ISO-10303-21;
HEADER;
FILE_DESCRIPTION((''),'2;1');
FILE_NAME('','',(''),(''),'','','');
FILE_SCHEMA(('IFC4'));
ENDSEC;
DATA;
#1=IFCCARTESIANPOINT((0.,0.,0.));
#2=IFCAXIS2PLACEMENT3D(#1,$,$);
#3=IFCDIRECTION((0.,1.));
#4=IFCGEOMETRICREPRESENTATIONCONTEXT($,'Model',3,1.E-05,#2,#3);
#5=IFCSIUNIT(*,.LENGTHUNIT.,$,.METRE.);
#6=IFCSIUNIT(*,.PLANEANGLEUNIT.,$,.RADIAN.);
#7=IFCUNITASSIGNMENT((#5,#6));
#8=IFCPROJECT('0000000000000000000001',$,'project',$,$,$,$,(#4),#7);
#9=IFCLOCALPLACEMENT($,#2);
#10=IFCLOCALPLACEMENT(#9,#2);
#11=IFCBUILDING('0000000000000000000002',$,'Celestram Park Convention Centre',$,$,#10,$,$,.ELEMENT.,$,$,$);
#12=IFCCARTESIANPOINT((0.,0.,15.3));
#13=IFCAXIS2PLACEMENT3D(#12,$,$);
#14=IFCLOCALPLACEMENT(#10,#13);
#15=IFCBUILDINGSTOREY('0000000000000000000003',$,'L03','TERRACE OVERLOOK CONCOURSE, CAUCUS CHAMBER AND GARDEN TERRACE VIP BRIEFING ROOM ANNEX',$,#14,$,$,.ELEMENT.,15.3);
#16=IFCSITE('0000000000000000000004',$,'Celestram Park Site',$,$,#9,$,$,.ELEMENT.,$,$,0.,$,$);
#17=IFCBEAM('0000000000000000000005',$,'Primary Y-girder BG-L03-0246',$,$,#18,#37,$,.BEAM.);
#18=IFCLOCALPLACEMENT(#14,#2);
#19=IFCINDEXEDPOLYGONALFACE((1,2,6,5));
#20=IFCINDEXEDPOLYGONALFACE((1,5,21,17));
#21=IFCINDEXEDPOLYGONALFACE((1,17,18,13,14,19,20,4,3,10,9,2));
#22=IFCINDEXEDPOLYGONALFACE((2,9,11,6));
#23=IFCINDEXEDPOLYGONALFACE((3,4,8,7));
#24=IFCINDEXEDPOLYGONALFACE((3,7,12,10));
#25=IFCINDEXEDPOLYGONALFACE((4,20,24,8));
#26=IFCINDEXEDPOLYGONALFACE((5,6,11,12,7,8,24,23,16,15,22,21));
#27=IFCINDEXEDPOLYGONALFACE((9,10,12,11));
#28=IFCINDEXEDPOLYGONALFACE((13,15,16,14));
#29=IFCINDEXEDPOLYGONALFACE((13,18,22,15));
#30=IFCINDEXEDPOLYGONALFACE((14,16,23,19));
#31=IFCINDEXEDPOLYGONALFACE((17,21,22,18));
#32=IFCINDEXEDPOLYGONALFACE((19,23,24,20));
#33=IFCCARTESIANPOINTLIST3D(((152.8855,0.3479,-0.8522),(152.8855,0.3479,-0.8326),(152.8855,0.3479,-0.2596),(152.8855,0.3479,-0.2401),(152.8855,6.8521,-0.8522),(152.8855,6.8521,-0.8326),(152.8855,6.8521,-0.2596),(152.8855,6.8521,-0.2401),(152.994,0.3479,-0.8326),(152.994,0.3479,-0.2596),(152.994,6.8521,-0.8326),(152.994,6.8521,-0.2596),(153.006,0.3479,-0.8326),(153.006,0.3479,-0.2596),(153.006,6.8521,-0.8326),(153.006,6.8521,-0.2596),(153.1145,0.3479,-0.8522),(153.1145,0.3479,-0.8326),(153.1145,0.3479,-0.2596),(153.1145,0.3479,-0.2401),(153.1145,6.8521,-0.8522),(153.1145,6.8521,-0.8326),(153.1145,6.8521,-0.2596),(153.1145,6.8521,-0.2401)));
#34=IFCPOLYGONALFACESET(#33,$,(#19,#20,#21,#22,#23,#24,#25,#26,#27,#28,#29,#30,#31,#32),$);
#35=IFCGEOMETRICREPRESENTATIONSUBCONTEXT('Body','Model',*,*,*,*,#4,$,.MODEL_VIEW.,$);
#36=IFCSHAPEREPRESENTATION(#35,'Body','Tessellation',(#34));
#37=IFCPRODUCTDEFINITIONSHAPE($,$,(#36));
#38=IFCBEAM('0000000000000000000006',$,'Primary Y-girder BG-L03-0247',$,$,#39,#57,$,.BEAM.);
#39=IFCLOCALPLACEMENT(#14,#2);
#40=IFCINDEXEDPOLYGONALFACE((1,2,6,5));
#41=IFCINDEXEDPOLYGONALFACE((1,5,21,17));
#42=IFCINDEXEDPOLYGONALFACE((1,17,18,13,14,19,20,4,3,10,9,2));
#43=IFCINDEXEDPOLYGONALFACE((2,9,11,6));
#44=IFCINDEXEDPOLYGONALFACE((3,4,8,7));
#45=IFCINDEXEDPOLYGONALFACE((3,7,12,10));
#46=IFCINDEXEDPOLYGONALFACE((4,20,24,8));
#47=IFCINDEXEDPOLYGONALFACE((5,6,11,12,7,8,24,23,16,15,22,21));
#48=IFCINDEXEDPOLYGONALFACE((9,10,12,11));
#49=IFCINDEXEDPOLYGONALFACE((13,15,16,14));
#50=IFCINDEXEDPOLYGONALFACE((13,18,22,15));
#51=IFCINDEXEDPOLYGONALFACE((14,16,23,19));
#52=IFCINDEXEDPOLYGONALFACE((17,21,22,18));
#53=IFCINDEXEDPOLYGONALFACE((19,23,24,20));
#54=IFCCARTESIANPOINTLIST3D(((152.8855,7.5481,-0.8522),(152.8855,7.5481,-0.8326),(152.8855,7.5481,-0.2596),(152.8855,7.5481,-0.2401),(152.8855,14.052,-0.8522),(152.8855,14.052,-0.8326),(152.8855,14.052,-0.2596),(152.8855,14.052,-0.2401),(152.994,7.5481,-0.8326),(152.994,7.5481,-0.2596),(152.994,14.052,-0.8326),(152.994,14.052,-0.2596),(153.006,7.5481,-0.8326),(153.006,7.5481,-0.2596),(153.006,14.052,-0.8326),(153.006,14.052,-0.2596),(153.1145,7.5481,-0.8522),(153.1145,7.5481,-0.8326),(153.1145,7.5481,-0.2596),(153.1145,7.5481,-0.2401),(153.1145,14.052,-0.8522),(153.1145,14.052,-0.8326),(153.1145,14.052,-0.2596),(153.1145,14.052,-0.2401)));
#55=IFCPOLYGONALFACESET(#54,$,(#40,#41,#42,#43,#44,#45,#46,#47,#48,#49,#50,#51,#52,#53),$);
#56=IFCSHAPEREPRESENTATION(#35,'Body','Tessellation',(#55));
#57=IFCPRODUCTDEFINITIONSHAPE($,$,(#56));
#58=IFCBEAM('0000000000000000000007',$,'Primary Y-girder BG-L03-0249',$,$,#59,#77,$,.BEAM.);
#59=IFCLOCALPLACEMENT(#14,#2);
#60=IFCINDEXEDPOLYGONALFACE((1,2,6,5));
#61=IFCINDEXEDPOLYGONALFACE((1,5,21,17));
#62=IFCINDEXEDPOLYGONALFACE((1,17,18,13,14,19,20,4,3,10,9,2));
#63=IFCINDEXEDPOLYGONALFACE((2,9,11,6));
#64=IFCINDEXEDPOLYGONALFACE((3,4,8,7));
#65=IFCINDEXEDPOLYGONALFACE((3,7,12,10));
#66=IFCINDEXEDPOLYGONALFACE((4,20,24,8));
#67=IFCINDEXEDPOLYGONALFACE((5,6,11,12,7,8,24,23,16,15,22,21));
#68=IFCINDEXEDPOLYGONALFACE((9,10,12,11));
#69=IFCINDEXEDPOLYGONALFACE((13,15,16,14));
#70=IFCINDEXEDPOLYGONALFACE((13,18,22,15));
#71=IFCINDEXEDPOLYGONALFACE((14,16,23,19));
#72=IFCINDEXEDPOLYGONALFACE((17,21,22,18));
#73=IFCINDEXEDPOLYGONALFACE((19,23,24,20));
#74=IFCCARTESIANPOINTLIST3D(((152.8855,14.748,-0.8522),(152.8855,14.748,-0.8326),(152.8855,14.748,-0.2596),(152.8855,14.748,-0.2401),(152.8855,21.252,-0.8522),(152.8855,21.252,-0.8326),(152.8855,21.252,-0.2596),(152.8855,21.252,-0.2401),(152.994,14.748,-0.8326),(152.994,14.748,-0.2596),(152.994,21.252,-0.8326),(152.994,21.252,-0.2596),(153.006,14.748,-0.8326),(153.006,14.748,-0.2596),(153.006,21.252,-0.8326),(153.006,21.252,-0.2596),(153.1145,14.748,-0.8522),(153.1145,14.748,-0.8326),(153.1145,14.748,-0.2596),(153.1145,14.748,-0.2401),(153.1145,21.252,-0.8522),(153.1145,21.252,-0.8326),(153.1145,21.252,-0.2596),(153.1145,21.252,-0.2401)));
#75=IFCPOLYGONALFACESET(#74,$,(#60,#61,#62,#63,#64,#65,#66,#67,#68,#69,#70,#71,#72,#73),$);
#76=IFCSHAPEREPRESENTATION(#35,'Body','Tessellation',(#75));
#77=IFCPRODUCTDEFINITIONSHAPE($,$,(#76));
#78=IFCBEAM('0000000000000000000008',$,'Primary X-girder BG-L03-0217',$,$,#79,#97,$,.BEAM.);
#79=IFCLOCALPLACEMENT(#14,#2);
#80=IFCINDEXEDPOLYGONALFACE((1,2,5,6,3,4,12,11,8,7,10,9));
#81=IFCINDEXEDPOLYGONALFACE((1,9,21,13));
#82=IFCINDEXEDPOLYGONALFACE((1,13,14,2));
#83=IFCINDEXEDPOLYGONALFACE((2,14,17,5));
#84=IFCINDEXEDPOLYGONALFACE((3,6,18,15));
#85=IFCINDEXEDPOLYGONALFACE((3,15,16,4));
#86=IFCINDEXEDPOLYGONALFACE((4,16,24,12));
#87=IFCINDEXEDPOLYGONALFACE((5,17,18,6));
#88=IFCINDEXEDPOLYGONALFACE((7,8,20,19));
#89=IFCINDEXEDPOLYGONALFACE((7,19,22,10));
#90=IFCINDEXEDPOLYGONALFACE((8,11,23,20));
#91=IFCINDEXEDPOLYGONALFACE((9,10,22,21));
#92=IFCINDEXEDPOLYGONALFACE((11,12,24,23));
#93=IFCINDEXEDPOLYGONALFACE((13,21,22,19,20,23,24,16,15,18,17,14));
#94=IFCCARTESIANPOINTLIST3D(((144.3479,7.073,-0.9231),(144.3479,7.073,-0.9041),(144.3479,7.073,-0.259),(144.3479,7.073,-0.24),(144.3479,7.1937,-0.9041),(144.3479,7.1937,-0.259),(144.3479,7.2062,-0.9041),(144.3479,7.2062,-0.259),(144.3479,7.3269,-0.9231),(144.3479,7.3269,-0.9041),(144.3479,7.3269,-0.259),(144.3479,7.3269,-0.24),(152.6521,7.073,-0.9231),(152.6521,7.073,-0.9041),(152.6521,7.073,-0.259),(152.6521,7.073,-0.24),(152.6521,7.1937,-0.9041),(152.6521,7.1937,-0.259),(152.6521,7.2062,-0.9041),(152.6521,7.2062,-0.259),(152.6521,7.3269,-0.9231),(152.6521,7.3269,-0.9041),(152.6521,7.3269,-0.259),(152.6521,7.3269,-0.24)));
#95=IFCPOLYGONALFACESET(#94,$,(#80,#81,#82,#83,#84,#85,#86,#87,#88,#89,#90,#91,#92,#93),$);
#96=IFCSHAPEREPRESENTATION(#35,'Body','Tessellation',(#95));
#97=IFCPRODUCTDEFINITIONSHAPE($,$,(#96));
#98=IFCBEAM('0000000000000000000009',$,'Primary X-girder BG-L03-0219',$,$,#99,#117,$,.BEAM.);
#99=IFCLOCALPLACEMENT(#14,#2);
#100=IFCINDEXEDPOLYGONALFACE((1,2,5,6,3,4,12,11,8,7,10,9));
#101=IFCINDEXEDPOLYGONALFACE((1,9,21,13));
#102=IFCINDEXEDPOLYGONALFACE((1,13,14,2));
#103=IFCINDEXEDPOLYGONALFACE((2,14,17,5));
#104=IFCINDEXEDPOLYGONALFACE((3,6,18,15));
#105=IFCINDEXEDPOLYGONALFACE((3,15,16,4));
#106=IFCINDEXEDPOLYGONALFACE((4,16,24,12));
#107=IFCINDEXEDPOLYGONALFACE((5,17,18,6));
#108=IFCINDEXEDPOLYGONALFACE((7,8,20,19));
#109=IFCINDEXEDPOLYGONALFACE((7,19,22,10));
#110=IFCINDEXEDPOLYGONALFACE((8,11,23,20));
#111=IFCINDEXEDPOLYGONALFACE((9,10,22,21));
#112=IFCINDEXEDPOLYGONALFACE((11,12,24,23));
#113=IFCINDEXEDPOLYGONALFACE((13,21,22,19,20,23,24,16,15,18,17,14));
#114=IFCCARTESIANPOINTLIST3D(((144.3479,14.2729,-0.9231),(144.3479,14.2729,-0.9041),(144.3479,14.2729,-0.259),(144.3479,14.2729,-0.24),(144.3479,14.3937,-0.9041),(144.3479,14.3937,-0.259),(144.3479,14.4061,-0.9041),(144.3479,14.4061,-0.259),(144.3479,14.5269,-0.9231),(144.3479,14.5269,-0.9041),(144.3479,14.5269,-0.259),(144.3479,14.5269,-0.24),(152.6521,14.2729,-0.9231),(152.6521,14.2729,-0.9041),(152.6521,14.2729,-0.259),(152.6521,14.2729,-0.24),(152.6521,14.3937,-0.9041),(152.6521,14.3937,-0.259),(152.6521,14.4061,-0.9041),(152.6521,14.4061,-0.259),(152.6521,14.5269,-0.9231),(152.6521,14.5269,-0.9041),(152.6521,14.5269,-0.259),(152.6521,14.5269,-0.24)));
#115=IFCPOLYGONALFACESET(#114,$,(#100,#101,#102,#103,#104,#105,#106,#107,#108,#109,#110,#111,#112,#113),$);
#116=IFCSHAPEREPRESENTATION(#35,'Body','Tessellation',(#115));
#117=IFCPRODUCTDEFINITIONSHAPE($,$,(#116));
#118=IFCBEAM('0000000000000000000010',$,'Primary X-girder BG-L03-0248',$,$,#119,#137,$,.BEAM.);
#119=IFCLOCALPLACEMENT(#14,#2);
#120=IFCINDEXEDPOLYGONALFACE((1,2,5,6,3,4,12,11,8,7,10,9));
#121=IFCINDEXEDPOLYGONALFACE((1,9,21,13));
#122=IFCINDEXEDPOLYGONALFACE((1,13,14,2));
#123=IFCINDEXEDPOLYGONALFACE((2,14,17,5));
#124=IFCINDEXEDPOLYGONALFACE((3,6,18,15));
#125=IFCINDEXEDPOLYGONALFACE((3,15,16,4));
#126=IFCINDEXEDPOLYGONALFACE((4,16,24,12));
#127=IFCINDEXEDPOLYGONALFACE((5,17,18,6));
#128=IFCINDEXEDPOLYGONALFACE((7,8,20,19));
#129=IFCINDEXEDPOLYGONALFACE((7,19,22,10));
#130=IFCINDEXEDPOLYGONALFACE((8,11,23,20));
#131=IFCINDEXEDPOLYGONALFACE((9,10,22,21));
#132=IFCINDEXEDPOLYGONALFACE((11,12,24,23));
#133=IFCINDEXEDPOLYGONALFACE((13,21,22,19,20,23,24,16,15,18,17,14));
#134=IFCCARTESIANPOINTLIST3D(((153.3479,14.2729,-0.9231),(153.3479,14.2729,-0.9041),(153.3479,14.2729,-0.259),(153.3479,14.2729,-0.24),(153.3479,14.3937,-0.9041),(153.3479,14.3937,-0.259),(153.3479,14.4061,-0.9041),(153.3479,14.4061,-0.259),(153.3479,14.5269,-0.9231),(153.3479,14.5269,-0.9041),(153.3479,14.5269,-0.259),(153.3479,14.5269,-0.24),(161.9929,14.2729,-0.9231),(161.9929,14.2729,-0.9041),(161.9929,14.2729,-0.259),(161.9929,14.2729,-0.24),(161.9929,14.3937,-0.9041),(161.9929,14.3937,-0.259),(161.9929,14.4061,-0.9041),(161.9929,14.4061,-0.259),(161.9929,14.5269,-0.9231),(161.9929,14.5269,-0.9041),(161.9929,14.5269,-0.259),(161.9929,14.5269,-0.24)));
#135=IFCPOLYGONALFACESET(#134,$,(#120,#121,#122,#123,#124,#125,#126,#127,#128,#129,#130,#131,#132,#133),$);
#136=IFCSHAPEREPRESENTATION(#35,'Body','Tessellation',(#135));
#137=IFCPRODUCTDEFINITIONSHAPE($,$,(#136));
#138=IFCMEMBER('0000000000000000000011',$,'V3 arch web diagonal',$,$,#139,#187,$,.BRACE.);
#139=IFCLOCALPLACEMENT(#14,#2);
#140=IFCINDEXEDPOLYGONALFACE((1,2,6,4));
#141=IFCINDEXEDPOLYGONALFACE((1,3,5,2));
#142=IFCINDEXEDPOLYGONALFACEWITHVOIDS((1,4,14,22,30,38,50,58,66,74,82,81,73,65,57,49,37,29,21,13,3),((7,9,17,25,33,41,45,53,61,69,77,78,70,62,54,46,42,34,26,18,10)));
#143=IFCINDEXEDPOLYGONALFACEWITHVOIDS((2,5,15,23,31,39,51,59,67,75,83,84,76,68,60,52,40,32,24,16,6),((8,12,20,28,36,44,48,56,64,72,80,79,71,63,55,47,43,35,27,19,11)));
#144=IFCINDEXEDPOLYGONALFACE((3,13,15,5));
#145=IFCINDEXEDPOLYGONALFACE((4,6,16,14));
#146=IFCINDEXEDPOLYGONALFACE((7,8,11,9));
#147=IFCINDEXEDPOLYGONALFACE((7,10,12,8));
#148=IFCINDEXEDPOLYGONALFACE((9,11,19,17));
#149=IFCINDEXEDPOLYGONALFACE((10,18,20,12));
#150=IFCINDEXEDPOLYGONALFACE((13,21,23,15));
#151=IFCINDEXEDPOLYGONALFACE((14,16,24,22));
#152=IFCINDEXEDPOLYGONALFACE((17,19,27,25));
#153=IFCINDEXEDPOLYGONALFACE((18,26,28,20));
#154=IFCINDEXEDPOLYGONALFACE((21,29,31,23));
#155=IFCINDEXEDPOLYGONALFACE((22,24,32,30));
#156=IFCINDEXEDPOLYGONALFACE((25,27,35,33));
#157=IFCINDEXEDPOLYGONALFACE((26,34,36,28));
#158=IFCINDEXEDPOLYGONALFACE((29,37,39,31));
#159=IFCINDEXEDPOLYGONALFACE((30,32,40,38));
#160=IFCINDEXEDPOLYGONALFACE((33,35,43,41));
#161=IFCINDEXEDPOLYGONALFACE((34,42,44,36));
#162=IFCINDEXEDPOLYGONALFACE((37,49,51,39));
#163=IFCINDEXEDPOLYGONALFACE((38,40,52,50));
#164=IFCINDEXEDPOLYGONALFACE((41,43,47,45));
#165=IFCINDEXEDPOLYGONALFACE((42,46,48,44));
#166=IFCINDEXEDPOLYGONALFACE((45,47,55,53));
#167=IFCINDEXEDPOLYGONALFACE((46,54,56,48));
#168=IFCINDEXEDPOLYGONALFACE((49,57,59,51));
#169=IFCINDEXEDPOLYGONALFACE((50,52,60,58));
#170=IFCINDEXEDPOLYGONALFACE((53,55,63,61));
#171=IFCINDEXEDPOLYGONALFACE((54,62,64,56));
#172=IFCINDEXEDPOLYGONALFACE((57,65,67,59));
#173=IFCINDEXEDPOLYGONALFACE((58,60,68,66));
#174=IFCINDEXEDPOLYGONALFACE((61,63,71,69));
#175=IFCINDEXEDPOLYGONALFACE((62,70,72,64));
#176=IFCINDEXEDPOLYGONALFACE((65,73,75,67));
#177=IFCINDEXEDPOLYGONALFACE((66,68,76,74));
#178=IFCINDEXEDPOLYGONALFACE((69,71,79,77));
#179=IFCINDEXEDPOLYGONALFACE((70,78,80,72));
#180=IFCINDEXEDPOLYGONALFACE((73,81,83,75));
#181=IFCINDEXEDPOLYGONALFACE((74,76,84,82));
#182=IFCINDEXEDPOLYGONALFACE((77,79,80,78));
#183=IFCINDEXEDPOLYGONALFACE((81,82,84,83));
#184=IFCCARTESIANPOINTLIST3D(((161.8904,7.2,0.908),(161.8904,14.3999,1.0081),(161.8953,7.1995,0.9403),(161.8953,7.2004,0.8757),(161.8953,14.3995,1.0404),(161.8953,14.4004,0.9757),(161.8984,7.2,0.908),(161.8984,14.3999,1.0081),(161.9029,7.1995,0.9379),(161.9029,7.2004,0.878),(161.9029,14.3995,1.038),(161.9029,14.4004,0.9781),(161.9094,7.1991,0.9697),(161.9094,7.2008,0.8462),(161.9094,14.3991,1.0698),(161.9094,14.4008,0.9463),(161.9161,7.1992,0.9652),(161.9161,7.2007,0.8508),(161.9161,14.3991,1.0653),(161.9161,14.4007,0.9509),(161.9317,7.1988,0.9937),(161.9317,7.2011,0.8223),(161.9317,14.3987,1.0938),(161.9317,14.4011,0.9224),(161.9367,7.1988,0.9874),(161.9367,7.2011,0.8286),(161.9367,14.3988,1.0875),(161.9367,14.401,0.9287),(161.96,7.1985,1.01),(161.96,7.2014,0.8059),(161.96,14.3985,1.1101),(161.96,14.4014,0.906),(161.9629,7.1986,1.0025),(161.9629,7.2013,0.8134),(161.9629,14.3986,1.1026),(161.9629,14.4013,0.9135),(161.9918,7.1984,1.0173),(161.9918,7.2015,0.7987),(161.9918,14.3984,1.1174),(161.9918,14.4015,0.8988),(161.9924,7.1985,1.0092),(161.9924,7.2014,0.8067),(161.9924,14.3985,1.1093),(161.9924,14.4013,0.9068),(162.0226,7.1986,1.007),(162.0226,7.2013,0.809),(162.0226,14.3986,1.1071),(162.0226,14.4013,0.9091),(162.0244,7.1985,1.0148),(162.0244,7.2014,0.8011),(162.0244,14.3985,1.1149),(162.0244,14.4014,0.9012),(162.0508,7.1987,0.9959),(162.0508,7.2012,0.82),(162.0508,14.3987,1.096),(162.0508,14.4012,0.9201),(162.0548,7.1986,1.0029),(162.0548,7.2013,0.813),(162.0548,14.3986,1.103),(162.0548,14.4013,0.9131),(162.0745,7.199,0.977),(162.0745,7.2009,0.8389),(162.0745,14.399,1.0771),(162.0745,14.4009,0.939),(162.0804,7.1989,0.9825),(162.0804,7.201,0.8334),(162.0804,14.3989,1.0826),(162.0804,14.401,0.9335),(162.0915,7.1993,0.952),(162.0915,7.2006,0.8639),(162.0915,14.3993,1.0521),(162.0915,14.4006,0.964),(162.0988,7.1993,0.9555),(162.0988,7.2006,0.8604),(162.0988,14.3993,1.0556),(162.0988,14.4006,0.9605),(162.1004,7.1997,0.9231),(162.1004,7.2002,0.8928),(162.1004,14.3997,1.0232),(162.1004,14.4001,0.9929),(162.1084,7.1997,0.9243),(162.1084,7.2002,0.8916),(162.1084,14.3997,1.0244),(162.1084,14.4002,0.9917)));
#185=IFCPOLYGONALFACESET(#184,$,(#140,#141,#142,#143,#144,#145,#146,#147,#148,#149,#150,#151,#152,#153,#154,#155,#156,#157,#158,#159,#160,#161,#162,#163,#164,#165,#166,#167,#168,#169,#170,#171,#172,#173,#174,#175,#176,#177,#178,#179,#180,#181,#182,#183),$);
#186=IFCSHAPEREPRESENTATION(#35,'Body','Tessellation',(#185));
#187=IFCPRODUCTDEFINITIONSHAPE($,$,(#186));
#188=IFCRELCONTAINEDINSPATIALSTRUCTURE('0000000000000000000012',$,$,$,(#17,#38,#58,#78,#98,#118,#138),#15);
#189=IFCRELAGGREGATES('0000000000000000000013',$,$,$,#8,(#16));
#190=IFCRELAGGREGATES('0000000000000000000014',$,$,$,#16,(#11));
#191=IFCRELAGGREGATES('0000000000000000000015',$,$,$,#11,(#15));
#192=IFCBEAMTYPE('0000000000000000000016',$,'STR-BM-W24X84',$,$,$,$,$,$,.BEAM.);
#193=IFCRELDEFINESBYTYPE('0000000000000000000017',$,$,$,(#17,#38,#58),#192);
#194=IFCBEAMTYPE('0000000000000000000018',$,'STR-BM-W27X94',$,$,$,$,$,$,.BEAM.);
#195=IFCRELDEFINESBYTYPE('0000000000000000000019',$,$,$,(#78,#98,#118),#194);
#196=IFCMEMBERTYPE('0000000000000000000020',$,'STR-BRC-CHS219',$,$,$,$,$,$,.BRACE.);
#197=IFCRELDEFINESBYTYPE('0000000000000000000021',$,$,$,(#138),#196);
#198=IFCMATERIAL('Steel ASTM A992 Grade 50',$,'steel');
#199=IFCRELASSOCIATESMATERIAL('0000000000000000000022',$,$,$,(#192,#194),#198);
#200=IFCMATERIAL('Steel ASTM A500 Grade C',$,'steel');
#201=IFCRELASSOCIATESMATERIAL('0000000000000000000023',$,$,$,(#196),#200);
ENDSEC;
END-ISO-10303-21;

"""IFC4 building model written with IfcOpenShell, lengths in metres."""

from ifc_helpers import new_model, si_unit, direction, frame, origin, origin_2d, place, context, subcontext, project, spatial, hollow_circle, i_section, extrude, material, material_profile, profile_set, type_object, element, save


model = new_model("IFC4")

# Units and contexts
model_context = context("Model", 3, precision=1e-05, world=origin(), true_north=direction((0.0, 1.0)))
body_context = subcontext(model_context, "Body", "Model", "MODEL_VIEW")
ifc_project = project(units=[si_unit("LENGTHUNIT", "METRE"), si_unit("PLANEANGLEUNIT", "RADIAN")], contexts=[model_context])

# Site, building, storey
site_placement = place(None, origin())
site = spatial("IfcSite", under=ifc_project, at=site_placement, Name="Celestram Park Site", CompositionType="ELEMENT", RefElevation=0.0)
building_placement = place(site_placement, origin())
building = spatial("IfcBuilding", under=site, at=building_placement, Name="Celestram Park Convention Centre", CompositionType="ELEMENT")
storey_placement = place(building_placement, frame((0.0, 0.0, 15.3)))
storey = spatial("IfcBuildingStorey", under=building, at=storey_placement, Name="L03", Description="TERRACE OVERLOOK CONCOURSE, CAUCUS CHAMBER AND GARDEN TERRACE VIP BRIEFING ROOM ANNEX", CompositionType="ELEMENT", Elevation=15.3)

# Beams
ifc_material_1 = material(Name="Steel ASTM A992 Grade 50", Category="steel")
ifc_material_profile_1 = material_profile(ifc_material_1, i_section(OverallWidth=0.229, OverallDepth=0.6121, WebThickness=0.012, FlangeThickness=0.0195, at=origin_2d()), Name="W24X84")
ifc_profile_set_1 = profile_set([ifc_material_profile_1], Name="Steel ASTM A992 Grade 50")
beam_type_1 = type_object("IfcBeamType", Name="STR-BM-W24X84", PredefinedType="BEAM", material=ifc_profile_set_1)
beam_1_placement = place(storey_placement, frame((153.0, 0.3479, -0.5461), z_axis=(0.0, 1.0, 0.0), x_axis=(-1.0, 0.0, 0.0)))
element("IfcBeam", 1, at=beam_1_placement, inside=storey, type_object=beam_type_1, Name="Primary Y-girder BG-L03-0246", PredefinedType="BEAM", context=body_context, shape_type="SweptSolid", body=[
    extrude(i_section(OverallWidth=0.229, OverallDepth=0.6121, WebThickness=0.012, FlangeThickness=0.0195, at=origin_2d()), origin(), (0.0, 0.0, 1.0), 6.5042),
])
for number, where, z_axis, x_axis, name in (
    (2, (153.0, 7.5481, -0.5461), (0.0, 1.0, 0.0), (-1.0, 0.0, 0.0), "Primary Y-girder BG-L03-0247"),
    (3, (153.0, 14.748, -0.5461), (0.0, 1.0, 0.0), (-1.0, 0.0, 0.0), "Primary Y-girder BG-L03-0249"),
):
    element("IfcBeam", number, at=place(storey_placement, frame(where, z_axis=z_axis, x_axis=x_axis)), inside=storey, type_object=beam_type_1, Name=name, PredefinedType="BEAM", context=body_context, shape_type="SweptSolid", body=[
        extrude(i_section(OverallWidth=0.229, OverallDepth=0.6121, WebThickness=0.012, FlangeThickness=0.0195, at=origin_2d()), origin(), (0.0, 0.0, 1.0), 6.5039),
    ])
ifc_material_profile_2 = material_profile(ifc_material_1, i_section(OverallWidth=0.2539, OverallDepth=0.6831, WebThickness=0.0125, FlangeThickness=0.019, at=origin_2d()), Name="W27X94")
ifc_profile_set_2 = profile_set([ifc_material_profile_2], Name="Steel ASTM A992 Grade 50")
beam_type_2 = type_object("IfcBeamType", Name="STR-BM-W27X94", PredefinedType="BEAM", material=ifc_profile_set_2)
for number, where, z_axis, x_axis, name in (
    (4, (144.3479, 7.2, -0.5815), (1.0, 0.0, 0.0), (0.0, 1.0, 0.0), "Primary X-girder BG-L03-0217"),
    (5, (144.3479, 14.3999, -0.5815), (1.0, 0.0, 0.0), (0.0, 1.0, 0.0), "Primary X-girder BG-L03-0219"),
):
    element("IfcBeam", number, at=place(storey_placement, frame(where, z_axis=z_axis, x_axis=x_axis)), inside=storey, type_object=beam_type_2, Name=name, PredefinedType="BEAM", context=body_context, shape_type="SweptSolid", body=[
        extrude(i_section(OverallWidth=0.2539, OverallDepth=0.6831, WebThickness=0.0125, FlangeThickness=0.019, at=origin_2d()), origin(), (0.0, 0.0, 1.0), 8.3042),
    ])
beam_2_placement = place(storey_placement, frame((153.3479, 14.3999, -0.5815), z_axis=(1.0, 0.0, 0.0), x_axis=(0.0, 1.0, 0.0)))
element("IfcBeam", 6, at=beam_2_placement, inside=storey, type_object=beam_type_2, Name="Primary X-girder BG-L03-0248", PredefinedType="BEAM", context=body_context, shape_type="SweptSolid", body=[
    extrude(i_section(OverallWidth=0.2539, OverallDepth=0.6831, WebThickness=0.0125, FlangeThickness=0.019, at=origin_2d()), origin(), (0.0, 0.0, 1.0), 8.645),
])

# Member
ifc_material_2 = material(Name="Steel ASTM A500 Grade C", Category="steel")
ifc_material_profile_3 = material_profile(ifc_material_2, hollow_circle(Radius=0.1096, WallThickness=0.0081, at=origin_2d()), Name="CHS219X8")
ifc_profile_set_3 = profile_set([ifc_material_profile_3], Name="Steel ASTM A500 Grade C")
member_type_1 = type_object("IfcMemberType", Name="STR-BRC-CHS219", PredefinedType="BRACE", material=ifc_profile_set_3)
member_1_placement = place(storey_placement, frame((162.0, 7.2, 0.908), z_axis=(0.0, 0.999903, 0.013901), x_axis=(-1.0, 0.0, 0.0)))
element("IfcMember", 7, at=member_1_placement, inside=storey, type_object=member_type_1, Name="V3 arch web diagonal", PredefinedType="BRACE", context=body_context, shape_type="SweptSolid", body=[
    extrude(hollow_circle(Radius=0.1096, WallThickness=0.0081, at=origin_2d()), origin(), (0.0, 0.0, 1.0), 7.2007),
])

save(model, "model.ifc")
